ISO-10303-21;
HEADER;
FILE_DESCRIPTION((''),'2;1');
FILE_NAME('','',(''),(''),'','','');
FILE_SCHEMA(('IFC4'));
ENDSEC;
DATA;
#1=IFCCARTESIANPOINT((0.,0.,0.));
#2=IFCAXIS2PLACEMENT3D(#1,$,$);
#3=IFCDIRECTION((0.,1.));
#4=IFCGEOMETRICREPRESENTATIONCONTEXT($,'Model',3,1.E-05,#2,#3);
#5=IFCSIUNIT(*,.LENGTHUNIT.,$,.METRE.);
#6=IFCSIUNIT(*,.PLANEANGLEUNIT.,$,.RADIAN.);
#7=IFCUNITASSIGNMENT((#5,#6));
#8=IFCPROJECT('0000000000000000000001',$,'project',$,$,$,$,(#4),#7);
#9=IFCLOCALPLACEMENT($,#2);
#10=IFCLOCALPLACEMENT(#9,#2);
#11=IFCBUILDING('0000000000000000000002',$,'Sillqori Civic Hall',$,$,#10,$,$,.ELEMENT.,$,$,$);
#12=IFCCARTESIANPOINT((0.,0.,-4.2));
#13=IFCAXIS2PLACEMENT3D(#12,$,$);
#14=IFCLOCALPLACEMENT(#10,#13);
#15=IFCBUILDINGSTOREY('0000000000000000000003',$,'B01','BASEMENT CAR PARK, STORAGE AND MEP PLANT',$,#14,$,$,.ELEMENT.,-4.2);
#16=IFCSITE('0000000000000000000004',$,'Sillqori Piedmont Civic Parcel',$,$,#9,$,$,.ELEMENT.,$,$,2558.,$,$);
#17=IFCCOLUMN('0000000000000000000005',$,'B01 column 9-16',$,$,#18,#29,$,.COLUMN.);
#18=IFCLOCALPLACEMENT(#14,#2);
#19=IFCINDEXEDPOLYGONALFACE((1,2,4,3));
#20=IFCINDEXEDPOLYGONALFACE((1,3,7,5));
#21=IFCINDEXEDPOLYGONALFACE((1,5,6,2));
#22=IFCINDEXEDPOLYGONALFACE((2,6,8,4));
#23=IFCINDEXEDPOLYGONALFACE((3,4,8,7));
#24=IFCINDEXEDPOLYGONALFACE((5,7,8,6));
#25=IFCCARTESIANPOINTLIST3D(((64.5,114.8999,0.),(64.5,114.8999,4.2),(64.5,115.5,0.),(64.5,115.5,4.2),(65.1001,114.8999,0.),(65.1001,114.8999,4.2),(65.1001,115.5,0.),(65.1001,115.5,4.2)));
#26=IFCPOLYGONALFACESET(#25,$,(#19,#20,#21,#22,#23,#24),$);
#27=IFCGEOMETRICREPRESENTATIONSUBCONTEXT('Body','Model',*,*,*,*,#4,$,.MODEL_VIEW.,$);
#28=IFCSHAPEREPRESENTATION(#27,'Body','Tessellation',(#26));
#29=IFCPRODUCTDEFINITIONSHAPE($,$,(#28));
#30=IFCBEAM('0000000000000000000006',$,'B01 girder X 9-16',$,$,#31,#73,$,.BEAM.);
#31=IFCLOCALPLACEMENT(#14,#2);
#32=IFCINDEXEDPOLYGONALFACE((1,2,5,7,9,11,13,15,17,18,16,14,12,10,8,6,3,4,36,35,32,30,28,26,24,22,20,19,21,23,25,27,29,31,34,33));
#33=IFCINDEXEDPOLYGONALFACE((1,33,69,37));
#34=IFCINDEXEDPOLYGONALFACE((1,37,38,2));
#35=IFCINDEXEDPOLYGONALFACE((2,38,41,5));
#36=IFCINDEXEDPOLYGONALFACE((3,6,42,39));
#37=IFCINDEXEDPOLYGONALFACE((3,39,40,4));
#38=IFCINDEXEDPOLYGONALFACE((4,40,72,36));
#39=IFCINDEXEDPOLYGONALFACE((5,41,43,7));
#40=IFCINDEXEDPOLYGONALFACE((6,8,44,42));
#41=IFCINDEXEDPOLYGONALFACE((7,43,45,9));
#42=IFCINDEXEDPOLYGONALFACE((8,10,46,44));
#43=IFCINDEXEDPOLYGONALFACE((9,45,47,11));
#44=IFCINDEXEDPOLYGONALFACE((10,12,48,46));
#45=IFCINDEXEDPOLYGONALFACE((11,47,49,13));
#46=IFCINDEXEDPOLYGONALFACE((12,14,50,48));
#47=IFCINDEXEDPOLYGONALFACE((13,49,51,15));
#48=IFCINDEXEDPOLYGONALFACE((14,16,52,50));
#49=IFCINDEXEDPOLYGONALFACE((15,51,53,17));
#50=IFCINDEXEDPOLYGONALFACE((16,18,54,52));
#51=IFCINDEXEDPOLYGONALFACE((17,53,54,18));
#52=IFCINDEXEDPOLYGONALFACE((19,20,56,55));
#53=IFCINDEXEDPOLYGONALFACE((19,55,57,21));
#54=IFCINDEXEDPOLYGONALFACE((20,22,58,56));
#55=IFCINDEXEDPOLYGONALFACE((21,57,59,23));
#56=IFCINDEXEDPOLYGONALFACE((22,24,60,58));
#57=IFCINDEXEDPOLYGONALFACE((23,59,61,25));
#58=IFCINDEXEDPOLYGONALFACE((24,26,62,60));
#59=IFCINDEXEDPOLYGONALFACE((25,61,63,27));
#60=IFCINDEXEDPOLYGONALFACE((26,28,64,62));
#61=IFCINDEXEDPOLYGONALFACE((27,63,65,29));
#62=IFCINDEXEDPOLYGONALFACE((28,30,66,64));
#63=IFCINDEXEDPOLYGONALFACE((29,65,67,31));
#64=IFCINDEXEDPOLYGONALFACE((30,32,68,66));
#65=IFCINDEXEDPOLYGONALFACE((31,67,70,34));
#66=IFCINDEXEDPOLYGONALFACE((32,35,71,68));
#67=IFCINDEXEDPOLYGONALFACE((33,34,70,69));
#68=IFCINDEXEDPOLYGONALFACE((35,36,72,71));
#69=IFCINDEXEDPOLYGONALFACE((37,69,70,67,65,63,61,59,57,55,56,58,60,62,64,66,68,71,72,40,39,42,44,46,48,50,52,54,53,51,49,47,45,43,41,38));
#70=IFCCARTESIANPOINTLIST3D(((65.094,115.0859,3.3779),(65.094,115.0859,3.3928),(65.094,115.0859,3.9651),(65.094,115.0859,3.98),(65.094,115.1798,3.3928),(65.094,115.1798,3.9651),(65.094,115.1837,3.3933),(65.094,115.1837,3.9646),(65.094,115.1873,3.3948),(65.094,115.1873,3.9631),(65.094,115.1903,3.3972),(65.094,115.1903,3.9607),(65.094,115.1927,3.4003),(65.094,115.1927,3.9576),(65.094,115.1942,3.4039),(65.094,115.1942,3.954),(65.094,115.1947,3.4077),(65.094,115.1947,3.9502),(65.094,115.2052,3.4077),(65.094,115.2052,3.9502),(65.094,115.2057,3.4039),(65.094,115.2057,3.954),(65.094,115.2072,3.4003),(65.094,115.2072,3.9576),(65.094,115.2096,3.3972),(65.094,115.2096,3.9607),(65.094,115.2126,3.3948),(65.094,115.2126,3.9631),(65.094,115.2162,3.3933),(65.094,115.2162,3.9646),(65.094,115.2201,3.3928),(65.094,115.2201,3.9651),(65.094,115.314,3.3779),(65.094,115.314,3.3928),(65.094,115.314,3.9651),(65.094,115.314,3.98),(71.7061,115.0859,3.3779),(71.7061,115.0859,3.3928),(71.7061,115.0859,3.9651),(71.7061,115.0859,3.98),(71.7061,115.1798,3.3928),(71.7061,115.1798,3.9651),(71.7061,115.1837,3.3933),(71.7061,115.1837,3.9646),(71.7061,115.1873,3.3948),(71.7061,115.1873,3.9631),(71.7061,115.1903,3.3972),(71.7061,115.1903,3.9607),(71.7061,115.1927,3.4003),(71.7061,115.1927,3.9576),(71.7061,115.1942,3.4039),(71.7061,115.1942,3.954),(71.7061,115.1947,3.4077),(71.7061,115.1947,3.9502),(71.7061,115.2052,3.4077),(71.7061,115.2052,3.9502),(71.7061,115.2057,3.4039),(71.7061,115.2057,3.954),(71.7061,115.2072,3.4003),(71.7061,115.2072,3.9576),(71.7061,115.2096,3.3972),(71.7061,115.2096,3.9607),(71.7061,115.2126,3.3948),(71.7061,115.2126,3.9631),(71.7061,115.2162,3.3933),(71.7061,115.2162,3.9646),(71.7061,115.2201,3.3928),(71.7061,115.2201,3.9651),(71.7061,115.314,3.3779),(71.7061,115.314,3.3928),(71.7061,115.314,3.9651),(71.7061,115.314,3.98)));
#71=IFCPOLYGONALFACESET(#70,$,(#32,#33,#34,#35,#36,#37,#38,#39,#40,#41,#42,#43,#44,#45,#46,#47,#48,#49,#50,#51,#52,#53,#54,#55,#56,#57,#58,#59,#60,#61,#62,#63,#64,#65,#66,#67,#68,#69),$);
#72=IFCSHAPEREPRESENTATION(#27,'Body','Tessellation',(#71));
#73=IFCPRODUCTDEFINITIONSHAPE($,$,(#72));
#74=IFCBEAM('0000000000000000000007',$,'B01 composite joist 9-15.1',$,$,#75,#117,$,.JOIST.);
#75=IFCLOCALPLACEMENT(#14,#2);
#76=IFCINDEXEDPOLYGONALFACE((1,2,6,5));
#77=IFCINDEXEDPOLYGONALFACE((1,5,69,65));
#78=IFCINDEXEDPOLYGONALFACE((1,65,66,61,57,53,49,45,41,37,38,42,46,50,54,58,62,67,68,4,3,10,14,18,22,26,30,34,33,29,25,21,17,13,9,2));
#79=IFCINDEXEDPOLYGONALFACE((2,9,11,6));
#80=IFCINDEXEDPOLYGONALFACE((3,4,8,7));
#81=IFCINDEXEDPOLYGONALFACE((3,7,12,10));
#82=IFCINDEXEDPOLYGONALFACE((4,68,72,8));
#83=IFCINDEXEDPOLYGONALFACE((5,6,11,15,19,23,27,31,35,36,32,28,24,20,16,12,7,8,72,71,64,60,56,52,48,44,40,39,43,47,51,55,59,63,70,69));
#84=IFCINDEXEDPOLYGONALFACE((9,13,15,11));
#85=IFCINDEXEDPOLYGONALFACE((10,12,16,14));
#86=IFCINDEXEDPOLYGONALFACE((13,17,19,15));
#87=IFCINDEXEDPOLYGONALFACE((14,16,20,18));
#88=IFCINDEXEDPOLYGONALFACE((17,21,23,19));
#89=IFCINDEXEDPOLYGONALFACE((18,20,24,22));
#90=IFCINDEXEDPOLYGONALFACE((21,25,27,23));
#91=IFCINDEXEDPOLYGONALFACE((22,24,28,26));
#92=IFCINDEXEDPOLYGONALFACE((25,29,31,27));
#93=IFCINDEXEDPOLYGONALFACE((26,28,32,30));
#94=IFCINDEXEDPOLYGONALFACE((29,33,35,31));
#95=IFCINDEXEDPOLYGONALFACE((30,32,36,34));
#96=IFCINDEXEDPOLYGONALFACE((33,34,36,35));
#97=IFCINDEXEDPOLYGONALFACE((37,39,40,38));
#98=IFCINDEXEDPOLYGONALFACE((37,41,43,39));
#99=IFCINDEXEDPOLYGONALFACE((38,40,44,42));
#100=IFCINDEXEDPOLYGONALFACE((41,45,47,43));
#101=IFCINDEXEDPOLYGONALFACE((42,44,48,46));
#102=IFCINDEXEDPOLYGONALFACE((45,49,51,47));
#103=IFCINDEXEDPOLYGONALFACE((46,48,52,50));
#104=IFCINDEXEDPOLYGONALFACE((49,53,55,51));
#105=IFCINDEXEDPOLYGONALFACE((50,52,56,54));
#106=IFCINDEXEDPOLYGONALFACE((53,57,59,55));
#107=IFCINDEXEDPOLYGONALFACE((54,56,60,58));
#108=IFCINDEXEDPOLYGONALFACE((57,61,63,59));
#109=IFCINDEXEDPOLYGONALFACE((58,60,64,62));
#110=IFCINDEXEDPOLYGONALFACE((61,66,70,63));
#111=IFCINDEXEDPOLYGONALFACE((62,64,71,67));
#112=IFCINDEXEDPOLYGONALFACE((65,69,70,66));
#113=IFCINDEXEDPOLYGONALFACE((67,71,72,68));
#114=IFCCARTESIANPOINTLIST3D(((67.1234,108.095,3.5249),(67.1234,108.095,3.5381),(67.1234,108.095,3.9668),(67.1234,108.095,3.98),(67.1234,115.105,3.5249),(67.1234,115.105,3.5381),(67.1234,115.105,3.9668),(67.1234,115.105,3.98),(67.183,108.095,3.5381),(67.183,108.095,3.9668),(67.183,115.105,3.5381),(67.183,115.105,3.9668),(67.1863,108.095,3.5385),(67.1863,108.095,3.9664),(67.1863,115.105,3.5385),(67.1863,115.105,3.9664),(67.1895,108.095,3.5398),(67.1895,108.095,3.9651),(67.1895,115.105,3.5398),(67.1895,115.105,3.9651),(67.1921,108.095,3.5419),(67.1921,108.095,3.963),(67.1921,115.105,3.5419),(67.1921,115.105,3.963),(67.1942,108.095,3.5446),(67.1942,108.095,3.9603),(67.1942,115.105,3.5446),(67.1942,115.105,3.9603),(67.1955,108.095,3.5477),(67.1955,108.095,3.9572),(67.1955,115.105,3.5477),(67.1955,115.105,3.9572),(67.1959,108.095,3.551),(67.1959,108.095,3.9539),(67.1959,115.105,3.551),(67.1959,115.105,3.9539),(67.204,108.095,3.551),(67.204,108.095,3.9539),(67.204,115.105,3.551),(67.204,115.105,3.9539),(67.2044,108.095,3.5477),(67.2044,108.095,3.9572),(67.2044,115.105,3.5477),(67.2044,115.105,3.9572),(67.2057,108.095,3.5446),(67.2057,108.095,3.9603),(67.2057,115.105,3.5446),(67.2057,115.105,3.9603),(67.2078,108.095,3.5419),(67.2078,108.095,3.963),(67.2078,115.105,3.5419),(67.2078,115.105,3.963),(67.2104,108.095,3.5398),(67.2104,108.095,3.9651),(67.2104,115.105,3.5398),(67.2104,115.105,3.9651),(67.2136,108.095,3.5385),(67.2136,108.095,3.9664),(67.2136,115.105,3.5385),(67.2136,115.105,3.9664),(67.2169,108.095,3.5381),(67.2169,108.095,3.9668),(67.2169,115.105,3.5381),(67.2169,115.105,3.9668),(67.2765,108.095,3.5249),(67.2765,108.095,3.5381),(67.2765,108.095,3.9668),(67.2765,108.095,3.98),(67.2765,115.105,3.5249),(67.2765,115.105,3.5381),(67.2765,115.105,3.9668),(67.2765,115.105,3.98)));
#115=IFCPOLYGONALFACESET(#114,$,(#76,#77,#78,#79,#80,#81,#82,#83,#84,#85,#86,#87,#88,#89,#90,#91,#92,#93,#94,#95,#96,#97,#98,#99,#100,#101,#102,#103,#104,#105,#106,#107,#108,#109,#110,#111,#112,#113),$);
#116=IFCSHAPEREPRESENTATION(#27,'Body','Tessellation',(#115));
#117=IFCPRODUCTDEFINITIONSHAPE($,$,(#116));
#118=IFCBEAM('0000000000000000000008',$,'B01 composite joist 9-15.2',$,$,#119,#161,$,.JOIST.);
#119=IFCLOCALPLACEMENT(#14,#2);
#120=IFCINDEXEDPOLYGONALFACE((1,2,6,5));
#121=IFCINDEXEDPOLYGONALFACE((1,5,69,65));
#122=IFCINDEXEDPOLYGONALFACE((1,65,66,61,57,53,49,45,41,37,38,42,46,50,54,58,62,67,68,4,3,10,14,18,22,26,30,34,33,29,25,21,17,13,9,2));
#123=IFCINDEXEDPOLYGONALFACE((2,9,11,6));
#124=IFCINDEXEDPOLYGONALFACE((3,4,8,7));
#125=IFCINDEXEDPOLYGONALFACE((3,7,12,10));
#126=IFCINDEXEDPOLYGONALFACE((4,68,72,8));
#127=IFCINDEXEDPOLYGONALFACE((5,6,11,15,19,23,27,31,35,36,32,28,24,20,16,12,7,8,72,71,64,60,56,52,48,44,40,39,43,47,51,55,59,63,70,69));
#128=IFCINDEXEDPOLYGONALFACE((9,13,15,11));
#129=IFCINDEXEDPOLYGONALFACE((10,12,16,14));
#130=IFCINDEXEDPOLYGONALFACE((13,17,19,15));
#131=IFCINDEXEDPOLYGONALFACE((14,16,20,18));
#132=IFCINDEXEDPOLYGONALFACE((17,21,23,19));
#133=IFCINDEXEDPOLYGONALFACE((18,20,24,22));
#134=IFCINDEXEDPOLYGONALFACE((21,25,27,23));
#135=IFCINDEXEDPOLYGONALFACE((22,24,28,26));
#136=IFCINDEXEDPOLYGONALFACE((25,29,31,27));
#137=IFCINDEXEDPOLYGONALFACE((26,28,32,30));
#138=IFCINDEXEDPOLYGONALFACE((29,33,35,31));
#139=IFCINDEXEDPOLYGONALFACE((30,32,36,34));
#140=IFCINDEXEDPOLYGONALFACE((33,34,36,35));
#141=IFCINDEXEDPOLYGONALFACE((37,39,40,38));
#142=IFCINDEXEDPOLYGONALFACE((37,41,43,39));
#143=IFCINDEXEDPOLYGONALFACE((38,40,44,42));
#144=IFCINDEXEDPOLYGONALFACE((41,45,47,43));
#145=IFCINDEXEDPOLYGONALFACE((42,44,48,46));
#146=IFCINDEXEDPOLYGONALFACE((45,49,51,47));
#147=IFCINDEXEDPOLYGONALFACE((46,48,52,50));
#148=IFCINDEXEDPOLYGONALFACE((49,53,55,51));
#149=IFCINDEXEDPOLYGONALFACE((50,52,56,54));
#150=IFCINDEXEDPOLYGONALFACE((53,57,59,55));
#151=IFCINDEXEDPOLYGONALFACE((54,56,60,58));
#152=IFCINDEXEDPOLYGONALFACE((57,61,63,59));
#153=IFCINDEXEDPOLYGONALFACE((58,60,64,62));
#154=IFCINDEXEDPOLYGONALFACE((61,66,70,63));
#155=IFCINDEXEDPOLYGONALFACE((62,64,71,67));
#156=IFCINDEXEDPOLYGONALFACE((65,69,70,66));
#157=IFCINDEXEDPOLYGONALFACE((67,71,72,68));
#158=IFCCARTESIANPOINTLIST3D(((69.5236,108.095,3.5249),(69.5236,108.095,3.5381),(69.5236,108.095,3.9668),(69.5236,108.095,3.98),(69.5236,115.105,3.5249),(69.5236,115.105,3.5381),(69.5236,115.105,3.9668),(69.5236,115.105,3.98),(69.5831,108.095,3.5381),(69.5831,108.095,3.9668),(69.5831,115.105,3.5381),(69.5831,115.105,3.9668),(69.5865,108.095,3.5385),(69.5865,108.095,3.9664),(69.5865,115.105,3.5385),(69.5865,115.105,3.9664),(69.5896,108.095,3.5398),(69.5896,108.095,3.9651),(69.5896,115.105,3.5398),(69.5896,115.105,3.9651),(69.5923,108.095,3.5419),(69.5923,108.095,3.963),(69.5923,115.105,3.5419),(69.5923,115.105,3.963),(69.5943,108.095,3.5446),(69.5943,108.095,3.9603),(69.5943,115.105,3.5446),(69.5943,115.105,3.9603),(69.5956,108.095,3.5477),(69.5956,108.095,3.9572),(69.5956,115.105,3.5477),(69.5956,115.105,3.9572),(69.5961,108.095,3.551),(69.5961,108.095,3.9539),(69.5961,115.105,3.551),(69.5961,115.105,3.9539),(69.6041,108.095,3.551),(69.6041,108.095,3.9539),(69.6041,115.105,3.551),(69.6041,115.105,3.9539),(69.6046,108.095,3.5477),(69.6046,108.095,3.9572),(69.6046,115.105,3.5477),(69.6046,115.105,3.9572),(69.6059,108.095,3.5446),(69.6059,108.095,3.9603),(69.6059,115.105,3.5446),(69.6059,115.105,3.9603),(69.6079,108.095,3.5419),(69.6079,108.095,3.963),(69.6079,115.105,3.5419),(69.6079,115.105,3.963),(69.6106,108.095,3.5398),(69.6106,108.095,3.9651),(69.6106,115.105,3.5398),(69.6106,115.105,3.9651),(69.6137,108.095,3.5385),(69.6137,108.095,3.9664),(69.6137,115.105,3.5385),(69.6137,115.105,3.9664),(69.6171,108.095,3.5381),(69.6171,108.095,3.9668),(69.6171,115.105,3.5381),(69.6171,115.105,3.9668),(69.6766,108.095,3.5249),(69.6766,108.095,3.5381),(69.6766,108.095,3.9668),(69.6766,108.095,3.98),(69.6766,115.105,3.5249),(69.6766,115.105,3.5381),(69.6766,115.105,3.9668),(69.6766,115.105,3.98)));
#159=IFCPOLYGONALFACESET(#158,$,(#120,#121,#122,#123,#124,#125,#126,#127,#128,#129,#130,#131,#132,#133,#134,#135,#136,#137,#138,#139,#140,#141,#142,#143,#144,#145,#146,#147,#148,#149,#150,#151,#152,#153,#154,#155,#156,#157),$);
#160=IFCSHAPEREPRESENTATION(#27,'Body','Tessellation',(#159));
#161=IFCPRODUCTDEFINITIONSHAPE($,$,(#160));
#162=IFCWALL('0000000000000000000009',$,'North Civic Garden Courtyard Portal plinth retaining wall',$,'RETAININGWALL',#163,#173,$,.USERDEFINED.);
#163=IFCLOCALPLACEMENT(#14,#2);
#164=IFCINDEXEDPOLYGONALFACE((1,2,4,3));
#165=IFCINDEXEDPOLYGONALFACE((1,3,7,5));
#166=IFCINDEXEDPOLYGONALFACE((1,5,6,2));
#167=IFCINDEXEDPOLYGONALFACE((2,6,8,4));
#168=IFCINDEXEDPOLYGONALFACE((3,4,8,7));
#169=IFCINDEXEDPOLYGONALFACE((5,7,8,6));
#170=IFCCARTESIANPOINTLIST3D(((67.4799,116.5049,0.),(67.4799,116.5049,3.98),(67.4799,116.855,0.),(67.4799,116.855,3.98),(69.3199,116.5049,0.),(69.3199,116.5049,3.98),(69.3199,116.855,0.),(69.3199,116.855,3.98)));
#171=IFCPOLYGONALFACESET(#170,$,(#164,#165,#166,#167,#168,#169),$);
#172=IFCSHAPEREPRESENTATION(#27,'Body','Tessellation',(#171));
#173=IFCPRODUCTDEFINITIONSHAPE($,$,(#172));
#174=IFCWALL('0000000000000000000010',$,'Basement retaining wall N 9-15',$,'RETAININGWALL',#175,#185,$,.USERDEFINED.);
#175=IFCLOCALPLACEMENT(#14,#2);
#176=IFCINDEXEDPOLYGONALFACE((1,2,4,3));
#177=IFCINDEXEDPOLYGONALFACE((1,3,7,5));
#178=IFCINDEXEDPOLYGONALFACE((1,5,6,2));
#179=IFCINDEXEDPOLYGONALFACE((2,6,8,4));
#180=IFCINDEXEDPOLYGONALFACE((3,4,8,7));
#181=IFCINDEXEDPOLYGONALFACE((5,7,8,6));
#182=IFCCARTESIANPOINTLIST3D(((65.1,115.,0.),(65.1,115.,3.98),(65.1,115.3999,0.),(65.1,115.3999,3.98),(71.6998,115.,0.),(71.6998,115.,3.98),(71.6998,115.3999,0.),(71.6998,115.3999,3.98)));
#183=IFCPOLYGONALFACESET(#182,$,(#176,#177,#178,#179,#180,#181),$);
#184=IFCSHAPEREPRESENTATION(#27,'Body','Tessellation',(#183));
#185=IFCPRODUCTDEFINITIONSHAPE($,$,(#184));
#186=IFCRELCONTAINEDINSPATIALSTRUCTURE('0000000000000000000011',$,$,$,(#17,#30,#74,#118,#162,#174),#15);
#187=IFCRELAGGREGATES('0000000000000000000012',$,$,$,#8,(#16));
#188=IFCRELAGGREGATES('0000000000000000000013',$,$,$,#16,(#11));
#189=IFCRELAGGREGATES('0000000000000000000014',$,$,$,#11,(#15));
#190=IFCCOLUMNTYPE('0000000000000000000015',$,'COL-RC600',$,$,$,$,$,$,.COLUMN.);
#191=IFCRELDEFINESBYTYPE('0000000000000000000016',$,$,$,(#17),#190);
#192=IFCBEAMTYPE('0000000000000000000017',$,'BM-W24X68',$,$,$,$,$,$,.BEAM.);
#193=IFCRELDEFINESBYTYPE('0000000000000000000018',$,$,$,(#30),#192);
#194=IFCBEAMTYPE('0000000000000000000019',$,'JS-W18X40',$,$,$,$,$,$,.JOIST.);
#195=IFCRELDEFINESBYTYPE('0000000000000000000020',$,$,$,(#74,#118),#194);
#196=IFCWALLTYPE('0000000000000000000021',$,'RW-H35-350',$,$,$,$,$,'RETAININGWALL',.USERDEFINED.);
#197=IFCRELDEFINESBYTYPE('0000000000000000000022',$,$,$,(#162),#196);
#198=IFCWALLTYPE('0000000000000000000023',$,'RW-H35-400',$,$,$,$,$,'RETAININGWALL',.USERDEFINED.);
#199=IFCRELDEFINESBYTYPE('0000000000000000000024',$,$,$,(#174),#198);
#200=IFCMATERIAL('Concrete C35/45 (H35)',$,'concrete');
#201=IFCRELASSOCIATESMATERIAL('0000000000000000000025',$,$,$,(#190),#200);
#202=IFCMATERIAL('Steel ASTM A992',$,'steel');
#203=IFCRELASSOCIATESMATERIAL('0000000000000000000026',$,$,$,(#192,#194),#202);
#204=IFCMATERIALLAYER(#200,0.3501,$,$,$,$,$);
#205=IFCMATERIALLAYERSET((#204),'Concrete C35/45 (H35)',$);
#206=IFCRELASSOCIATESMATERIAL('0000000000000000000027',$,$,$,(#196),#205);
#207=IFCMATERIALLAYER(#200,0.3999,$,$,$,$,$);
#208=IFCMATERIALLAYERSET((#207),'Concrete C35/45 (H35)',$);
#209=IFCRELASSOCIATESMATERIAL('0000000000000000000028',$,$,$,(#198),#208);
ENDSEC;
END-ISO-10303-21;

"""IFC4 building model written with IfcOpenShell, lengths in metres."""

from ifc_helpers import new_model, si_unit, direction, frame, frame_2d, origin, origin_2d, place, context, subcontext, project, spatial, rectangle, i_section, extrude, material, layer, layer_set, material_profile, profile_set, type_object, element, save


model = new_model("IFC4")

# Units and contexts
model_context = context("Model", 3, precision=1e-05, world=origin(), true_north=direction((0.0, 1.0)))
body_context = subcontext(model_context, "Body", "Model", "MODEL_VIEW")
ifc_project = project(units=[si_unit("LENGTHUNIT", "METRE"), si_unit("PLANEANGLEUNIT", "RADIAN")], contexts=[model_context])

# Site, building, storey
site_placement = place(None, origin())
site = spatial("IfcSite", under=ifc_project, at=site_placement, Name="Sillqori Piedmont Civic Parcel", CompositionType="ELEMENT", RefElevation=2558.0)
building_placement = place(site_placement, origin())
building = spatial("IfcBuilding", under=site, at=building_placement, Name="Sillqori Civic Hall", CompositionType="ELEMENT")
storey_placement = place(building_placement, frame((0.0, 0.0, -4.2)))
storey = spatial("IfcBuildingStorey", under=building, at=storey_placement, Name="B01", Description="BASEMENT CAR PARK, STORAGE AND MEP PLANT", CompositionType="ELEMENT", Elevation=-4.2)

# Shared definitions
ifc_material_1 = material(Name="Concrete C35/45 (H35)", Category="concrete")

# Column
ifc_material_profile_1 = material_profile(ifc_material_1, rectangle(XDim=0.6001, YDim=0.6001, at=origin_2d()), Name="RC 600x600")
ifc_profile_set_1 = profile_set([ifc_material_profile_1], Name="Concrete C35/45 (H35)")
column_type_1 = type_object("IfcColumnType", Name="COL-RC600", PredefinedType="COLUMN", material=ifc_profile_set_1)
column_placement = place(storey_placement, frame((64.8, 115.2, 0.0), z_axis=(0.0, 0.0, 1.0), x_axis=(1.0, 0.0, 0.0)))
element("IfcColumn", 1, at=column_placement, inside=storey, type_object=column_type_1, Name="B01 column 9-16", PredefinedType="COLUMN", context=body_context, shape_type="SweptSolid", body=[
    extrude(rectangle(XDim=0.6001, YDim=0.6001, at=origin_2d()), origin(), (0.0, 0.0, 1.0), 4.2),
])

# Beams
ifc_material_2 = material(Name="Steel ASTM A992", Category="steel")
ifc_material_profile_2 = material_profile(ifc_material_2, i_section(OverallWidth=0.228, OverallDepth=0.6021, WebThickness=0.0105, FlangeThickness=0.0149, FilletRadius=0.0149, at=origin_2d()), Name="W24X68")
ifc_profile_set_2 = profile_set([ifc_material_profile_2], Name="Steel ASTM A992")
beam_type_1 = type_object("IfcBeamType", Name="BM-W24X68", PredefinedType="BEAM", material=ifc_profile_set_2)
beam_placement = place(storey_placement, frame((65.094, 115.2, 3.679), z_axis=(1.0, 0.0, 0.0), x_axis=(0.0, 1.0, 0.0)))
element("IfcBeam", 2, at=beam_placement, inside=storey, type_object=beam_type_1, Name="B01 girder X 9-16", PredefinedType="BEAM", context=body_context, shape_type="SweptSolid", body=[
    extrude(i_section(OverallWidth=0.228, OverallDepth=0.6021, WebThickness=0.0105, FlangeThickness=0.0149, FilletRadius=0.0149, at=origin_2d()), origin(), (0.0, 0.0, 1.0), 6.6121),
])
ifc_material_profile_3 = material_profile(ifc_material_2, i_section(OverallWidth=0.1531, OverallDepth=0.4551, WebThickness=0.0081, FlangeThickness=0.0132, FilletRadius=0.0129, at=origin_2d()), Name="W18X40")
ifc_profile_set_3 = profile_set([ifc_material_profile_3], Name="Steel ASTM A992")
beam_type_2 = type_object("IfcBeamType", Name="JS-W18X40", PredefinedType="JOIST", material=ifc_profile_set_3)
for number, where, z_axis, x_axis, name in (
    (3, (67.2, 108.095, 3.7524), (0.0, 1.0, 0.0), (-1.0, 0.0, 0.0), "B01 composite joist 9-15.1"),
    (4, (69.6001, 108.095, 3.7524), (0.0, 1.0, 0.0), (-1.0, 0.0, 0.0), "B01 composite joist 9-15.2"),
):
    element("IfcBeam", number, at=place(storey_placement, frame(where, z_axis=z_axis, x_axis=x_axis)), inside=storey, type_object=beam_type_2, Name=name, PredefinedType="JOIST", context=body_context, shape_type="SweptSolid", body=[
        extrude(i_section(OverallWidth=0.1531, OverallDepth=0.4551, WebThickness=0.0081, FlangeThickness=0.0132, FilletRadius=0.0129, at=origin_2d()), origin(), (0.0, 0.0, 1.0), 7.01),
    ])

# Walls
ifc_layer_1 = layer(ifc_material_1, 0.3501)
ifc_layer_set_1 = layer_set([ifc_layer_1], Name="Concrete C35/45 (H35)")
wall_type_1 = type_object("IfcWallType", Name="RW-H35-350", ElementType="RETAININGWALL", PredefinedType="USERDEFINED", material=ifc_layer_set_1)
wall_1_placement = place(storey_placement, frame((67.48, 116.6799, 0.0), z_axis=(0.0, 0.0, 1.0), x_axis=(1.0, 0.0, 0.0)))
element("IfcWall", 5, at=wall_1_placement, inside=storey, type_object=wall_type_1, Name="North Civic Garden Courtyard Portal plinth retaining wall", ObjectType="RETAININGWALL", PredefinedType="USERDEFINED", context=body_context, shape_type="SweptSolid", body=[
    extrude(rectangle(XDim=1.8401, YDim=0.3501, at=frame_2d((0.9199, 0.0))), origin(), (0.0, 0.0, 1.0), 3.98),
])
ifc_layer_2 = layer(ifc_material_1, 0.3999)
ifc_layer_set_2 = layer_set([ifc_layer_2], Name="Concrete C35/45 (H35)")
wall_type_2 = type_object("IfcWallType", Name="RW-H35-400", ElementType="RETAININGWALL", PredefinedType="USERDEFINED", material=ifc_layer_set_2)
wall_2_placement = place(storey_placement, frame((65.1001, 115.2, 0.0), z_axis=(0.0, 0.0, 1.0), x_axis=(1.0, 0.0, 0.0)))
element("IfcWall", 6, at=wall_2_placement, inside=storey, type_object=wall_type_2, Name="Basement retaining wall N 9-15", ObjectType="RETAININGWALL", PredefinedType="USERDEFINED", context=body_context, shape_type="SweptSolid", body=[
    extrude(rectangle(XDim=6.5999, YDim=0.3999, at=frame_2d((3.2998, 0.0))), origin(), (0.0, 0.0, 1.0), 3.98),
])

save(model, "model.ifc")
